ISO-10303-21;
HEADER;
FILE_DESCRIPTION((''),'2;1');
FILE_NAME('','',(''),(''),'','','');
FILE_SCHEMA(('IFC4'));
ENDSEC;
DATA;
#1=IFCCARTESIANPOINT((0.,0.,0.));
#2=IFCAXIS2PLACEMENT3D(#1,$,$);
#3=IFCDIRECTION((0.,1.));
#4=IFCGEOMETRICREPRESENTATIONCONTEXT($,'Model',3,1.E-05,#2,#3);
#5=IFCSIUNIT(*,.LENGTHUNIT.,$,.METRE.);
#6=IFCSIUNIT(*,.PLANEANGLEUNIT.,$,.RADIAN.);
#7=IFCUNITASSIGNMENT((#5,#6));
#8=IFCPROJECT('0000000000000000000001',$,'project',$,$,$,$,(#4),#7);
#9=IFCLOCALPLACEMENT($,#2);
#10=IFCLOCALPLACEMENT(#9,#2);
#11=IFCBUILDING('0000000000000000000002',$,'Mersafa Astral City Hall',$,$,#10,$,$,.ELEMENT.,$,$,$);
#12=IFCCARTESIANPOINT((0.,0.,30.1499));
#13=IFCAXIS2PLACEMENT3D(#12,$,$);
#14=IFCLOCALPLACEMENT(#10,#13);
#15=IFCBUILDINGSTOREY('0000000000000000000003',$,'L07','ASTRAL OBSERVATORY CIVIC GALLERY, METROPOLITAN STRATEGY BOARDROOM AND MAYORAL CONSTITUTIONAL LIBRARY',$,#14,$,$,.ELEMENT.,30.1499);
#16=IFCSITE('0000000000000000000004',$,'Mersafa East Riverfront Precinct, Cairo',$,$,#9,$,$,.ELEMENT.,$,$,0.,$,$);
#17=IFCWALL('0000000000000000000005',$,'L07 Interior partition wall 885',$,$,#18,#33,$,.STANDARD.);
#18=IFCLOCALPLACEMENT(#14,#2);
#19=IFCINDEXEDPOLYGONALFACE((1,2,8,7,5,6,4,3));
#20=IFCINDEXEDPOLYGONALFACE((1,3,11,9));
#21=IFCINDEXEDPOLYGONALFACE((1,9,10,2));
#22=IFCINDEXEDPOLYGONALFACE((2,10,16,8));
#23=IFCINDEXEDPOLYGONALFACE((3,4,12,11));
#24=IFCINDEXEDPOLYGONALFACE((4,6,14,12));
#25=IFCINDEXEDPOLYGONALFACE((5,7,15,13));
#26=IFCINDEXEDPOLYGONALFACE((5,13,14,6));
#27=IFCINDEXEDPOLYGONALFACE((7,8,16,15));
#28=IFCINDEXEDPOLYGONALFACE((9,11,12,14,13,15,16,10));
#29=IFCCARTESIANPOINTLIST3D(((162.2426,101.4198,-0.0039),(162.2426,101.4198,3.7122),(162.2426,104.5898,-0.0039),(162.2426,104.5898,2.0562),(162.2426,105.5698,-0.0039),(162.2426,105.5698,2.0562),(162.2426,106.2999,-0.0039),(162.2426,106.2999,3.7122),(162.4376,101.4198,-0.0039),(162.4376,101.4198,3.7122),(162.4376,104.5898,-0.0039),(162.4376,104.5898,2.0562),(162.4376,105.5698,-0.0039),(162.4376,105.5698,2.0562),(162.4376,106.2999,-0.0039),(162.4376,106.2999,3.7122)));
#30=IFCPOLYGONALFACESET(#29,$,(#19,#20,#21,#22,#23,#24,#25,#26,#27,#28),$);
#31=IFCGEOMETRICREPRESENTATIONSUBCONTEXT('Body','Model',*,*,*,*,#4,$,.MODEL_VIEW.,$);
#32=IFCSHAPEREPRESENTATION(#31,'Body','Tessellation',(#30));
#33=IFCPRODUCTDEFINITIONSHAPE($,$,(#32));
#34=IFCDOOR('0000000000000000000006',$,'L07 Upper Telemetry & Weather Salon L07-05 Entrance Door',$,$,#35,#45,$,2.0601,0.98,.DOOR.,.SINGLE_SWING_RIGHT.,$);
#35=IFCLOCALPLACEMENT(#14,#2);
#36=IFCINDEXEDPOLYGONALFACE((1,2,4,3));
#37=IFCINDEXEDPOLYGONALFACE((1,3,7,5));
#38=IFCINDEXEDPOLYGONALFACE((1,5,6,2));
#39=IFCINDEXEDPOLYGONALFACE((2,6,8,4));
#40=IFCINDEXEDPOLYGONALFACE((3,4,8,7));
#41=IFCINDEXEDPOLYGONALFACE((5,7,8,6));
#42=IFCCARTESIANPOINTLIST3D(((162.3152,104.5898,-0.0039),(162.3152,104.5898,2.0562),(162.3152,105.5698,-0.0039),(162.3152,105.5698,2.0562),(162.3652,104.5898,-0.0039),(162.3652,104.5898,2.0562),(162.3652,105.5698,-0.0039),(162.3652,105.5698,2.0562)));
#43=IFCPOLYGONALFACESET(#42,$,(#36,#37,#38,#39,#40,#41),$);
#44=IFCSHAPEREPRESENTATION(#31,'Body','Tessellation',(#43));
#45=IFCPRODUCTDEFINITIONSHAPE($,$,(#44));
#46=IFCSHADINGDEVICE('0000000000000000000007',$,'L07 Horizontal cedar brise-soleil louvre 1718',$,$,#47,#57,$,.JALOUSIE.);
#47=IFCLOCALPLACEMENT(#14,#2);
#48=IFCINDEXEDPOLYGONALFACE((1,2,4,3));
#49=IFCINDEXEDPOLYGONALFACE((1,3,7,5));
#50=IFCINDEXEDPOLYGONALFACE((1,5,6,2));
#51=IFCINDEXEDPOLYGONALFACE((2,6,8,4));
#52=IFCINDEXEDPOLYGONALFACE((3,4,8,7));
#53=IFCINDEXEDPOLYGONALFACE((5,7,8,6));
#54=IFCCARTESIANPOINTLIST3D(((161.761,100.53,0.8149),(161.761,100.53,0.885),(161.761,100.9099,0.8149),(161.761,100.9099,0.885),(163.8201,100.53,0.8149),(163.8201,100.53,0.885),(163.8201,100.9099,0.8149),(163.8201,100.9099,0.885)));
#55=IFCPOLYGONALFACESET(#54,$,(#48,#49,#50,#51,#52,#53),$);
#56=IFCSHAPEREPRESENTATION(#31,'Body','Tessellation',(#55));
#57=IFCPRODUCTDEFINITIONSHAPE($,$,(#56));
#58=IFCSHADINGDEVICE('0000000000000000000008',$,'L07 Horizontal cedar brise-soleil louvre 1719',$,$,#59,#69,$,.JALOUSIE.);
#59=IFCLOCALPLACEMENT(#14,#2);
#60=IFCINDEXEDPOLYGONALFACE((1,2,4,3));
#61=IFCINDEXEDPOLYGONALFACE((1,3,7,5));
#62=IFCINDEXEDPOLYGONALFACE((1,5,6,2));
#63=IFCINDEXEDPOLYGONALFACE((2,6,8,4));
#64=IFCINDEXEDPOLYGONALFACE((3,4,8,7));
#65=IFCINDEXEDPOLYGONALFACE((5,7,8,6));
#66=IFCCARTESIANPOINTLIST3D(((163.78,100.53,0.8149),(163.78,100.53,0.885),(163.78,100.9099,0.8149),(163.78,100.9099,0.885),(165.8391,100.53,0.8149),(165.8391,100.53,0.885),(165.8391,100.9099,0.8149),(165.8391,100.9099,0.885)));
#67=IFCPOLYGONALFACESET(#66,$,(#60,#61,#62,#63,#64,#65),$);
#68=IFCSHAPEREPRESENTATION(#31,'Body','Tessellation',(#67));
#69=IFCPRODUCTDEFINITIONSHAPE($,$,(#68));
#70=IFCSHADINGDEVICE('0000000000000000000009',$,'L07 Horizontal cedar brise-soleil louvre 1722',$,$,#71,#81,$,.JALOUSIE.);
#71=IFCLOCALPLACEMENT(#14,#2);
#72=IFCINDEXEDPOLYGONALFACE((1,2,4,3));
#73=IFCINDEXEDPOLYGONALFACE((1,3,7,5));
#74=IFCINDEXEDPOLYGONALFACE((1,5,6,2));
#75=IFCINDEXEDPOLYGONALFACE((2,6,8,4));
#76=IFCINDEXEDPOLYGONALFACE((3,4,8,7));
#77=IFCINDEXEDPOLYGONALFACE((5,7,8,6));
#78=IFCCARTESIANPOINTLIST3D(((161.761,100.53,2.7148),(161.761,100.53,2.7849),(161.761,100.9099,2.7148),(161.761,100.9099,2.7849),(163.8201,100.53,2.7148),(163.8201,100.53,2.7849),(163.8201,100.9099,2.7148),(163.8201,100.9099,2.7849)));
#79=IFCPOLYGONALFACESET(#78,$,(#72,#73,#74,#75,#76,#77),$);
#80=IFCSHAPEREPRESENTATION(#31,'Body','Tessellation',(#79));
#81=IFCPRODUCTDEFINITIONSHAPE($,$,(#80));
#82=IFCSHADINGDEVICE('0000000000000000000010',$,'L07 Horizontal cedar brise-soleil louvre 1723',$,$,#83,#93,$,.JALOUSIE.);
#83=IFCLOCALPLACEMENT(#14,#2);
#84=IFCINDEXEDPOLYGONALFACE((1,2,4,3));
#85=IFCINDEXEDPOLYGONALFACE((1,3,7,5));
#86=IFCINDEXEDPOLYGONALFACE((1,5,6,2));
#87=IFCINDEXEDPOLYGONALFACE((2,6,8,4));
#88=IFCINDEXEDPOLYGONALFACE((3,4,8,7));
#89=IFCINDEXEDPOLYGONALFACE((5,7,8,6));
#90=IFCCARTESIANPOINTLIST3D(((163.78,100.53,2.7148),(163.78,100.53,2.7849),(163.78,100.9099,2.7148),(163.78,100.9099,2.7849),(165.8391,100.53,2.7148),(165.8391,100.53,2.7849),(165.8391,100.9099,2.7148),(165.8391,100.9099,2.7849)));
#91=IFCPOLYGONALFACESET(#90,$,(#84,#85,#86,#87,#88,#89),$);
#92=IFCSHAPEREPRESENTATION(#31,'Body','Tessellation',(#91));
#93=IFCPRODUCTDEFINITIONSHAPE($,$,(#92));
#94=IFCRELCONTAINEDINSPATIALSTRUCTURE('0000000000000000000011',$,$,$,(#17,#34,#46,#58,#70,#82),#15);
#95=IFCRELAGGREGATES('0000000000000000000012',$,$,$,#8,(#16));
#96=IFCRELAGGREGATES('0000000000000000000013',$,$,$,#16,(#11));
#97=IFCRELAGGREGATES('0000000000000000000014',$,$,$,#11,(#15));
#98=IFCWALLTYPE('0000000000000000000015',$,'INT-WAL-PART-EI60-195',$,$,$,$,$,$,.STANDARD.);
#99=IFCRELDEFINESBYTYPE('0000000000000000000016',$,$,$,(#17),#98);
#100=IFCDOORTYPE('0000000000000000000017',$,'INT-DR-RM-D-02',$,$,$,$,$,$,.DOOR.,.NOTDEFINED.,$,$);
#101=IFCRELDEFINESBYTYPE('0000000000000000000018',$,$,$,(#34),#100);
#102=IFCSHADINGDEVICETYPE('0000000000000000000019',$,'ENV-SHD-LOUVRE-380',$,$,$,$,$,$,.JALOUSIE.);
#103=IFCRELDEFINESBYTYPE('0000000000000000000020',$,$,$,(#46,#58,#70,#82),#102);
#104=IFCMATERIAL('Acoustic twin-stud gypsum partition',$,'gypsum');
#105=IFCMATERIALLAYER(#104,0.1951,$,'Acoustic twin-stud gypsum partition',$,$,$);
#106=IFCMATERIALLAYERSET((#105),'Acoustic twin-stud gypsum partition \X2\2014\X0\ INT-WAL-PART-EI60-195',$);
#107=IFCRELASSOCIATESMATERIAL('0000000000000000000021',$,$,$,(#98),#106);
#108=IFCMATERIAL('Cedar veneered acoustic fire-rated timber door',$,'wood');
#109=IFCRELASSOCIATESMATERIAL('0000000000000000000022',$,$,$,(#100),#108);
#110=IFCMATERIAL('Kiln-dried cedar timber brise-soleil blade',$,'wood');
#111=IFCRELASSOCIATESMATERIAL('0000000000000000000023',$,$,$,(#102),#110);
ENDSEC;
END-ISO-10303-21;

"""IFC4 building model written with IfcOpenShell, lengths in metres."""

from ifc_helpers import new_model, si_unit, direction, frame, frame_2d, origin, origin_2d, place, context, subcontext, project, spatial, rectangle, extrude, material, layer, layer_set, type_object, element, fill, save


model = new_model("IFC4")

# Units and contexts
model_context = context("Model", 3, precision=1e-05, world=origin(), true_north=direction((0.0, 1.0)))
body_context = subcontext(model_context, "Body", "Model", "MODEL_VIEW")
ifc_project = project(units=[si_unit("LENGTHUNIT", "METRE"), si_unit("PLANEANGLEUNIT", "RADIAN")], contexts=[model_context])

# Site, building, storey
site_placement = place(None, origin())
site = spatial("IfcSite", under=ifc_project, at=site_placement, Name="Mersafa East Riverfront Precinct, Cairo", CompositionType="ELEMENT", RefElevation=0.0)
building_placement = place(site_placement, origin())
building = spatial("IfcBuilding", under=site, at=building_placement, Name="Mersafa Astral City Hall", CompositionType="ELEMENT")
storey_placement = place(building_placement, frame((0.0, 0.0, 30.1499)))
storey = spatial("IfcBuildingStorey", under=building, at=storey_placement, Name="L07", Description="ASTRAL OBSERVATORY CIVIC GALLERY, METROPOLITAN STRATEGY BOARDROOM AND MAYORAL CONSTITUTIONAL LIBRARY", CompositionType="ELEMENT", Elevation=30.1499)

# Wall, opening, door
ifc_material_1 = material(Name="Acoustic twin-stud gypsum partition", Category="gypsum")
ifc_layer_1 = layer(ifc_material_1, 0.1951, Name="Acoustic twin-stud gypsum partition")
ifc_layer_set_1 = layer_set([ifc_layer_1], Name="Acoustic twin-stud gypsum partition — INT-WAL-PART-EI60-195")
wall_type = type_object("IfcWallType", Name="INT-WAL-PART-EI60-195", PredefinedType="STANDARD", material=ifc_layer_set_1)
wall_placement = place(storey_placement, frame((162.3401, 101.4199, -0.0039), z_axis=(0.0, 0.0, 1.0), x_axis=(0.0, 1.0, 0.0)))
wall = element("IfcWall", 1, at=wall_placement, inside=storey, type_object=wall_type, Name="L07 Interior partition wall 885", PredefinedType="STANDARD", context=body_context, shape_type="SweptSolid", body=[
    extrude(rectangle(XDim=4.8801, YDim=0.1951, at=frame_2d((2.4399, 0.0))), origin(), (0.0, 0.0, 1.0), 3.7161),
])
opening_placement = place(wall_placement, frame((3.1699, 0.0, 0.0)))
opening = element("IfcOpeningElement", 2, at=opening_placement, cuts=wall, PredefinedType="OPENING", context=body_context, shape_type="SweptSolid", body=[
    extrude(rectangle(XDim=0.98, YDim=2.0601, at=frame_2d((0.49, 1.03))), frame((0.0, 0.1074, 0.0), z_axis=(0.0, -1.0, 0.0), x_axis=(1.0, 0.0, 0.0)), (0.0, 0.0, 1.0), 0.2151),
])
ifc_material_2 = material(Name="Cedar veneered acoustic fire-rated timber door", Category="wood")
door_type = type_object("IfcDoorType", Name="INT-DR-RM-D-02", OperationType="NOTDEFINED", PredefinedType="DOOR", material=ifc_material_2)
door_placement = place(opening_placement, origin())
door = element("IfcDoor", 3, at=door_placement, inside=storey, type_object=door_type, Name="L07 Upper Telemetry & Weather Salon L07-05 Entrance Door", OperationType="SINGLE_SWING_RIGHT", OverallHeight=2.0601, OverallWidth=0.98, PredefinedType="DOOR", context=body_context, shape_type="SweptSolid", body=[
    extrude(rectangle(XDim=0.98, YDim=2.0601, at=frame_2d((0.49, 1.03))), frame((0.0, 0.0249, 0.0), z_axis=(0.0, -1.0, 0.0), x_axis=(1.0, 0.0, 0.0)), (0.0, 0.0, 1.0), 0.05),
])
fill(opening, door)

# Shading devices
ifc_material_3 = material(Name="Kiln-dried cedar timber brise-soleil blade", Category="wood")
shading_device_type = type_object("IfcShadingDeviceType", Name="ENV-SHD-LOUVRE-380", PredefinedType="JALOUSIE", material=ifc_material_3)
for number, where, z_axis, x_axis, name in (
    (4, (162.7905, 100.72, 0.8149), (0.0, 0.0, 1.0), (1.0, 0.0, 0.0), "L07 Horizontal cedar brise-soleil louvre 1718"),
    (5, (164.8096, 100.72, 0.8149), (0.0, 0.0, 1.0), (1.0, 0.0, 0.0), "L07 Horizontal cedar brise-soleil louvre 1719"),
    (6, (162.7905, 100.72, 2.7148), (0.0, 0.0, 1.0), (1.0, 0.0, 0.0), "L07 Horizontal cedar brise-soleil louvre 1722"),
    (7, (164.8096, 100.72, 2.7148), (0.0, 0.0, 1.0), (1.0, 0.0, 0.0), "L07 Horizontal cedar brise-soleil louvre 1723"),
):
    element("IfcShadingDevice", number, at=place(storey_placement, frame(where, z_axis=z_axis, x_axis=x_axis)), inside=storey, type_object=shading_device_type, Name=name, PredefinedType="JALOUSIE", context=body_context, shape_type="SweptSolid", body=[
        extrude(rectangle(XDim=2.0591, YDim=0.3799, at=origin_2d()), origin(), (0.0, 0.0, 1.0), 0.0701),
    ])

save(model, "model.ifc")
